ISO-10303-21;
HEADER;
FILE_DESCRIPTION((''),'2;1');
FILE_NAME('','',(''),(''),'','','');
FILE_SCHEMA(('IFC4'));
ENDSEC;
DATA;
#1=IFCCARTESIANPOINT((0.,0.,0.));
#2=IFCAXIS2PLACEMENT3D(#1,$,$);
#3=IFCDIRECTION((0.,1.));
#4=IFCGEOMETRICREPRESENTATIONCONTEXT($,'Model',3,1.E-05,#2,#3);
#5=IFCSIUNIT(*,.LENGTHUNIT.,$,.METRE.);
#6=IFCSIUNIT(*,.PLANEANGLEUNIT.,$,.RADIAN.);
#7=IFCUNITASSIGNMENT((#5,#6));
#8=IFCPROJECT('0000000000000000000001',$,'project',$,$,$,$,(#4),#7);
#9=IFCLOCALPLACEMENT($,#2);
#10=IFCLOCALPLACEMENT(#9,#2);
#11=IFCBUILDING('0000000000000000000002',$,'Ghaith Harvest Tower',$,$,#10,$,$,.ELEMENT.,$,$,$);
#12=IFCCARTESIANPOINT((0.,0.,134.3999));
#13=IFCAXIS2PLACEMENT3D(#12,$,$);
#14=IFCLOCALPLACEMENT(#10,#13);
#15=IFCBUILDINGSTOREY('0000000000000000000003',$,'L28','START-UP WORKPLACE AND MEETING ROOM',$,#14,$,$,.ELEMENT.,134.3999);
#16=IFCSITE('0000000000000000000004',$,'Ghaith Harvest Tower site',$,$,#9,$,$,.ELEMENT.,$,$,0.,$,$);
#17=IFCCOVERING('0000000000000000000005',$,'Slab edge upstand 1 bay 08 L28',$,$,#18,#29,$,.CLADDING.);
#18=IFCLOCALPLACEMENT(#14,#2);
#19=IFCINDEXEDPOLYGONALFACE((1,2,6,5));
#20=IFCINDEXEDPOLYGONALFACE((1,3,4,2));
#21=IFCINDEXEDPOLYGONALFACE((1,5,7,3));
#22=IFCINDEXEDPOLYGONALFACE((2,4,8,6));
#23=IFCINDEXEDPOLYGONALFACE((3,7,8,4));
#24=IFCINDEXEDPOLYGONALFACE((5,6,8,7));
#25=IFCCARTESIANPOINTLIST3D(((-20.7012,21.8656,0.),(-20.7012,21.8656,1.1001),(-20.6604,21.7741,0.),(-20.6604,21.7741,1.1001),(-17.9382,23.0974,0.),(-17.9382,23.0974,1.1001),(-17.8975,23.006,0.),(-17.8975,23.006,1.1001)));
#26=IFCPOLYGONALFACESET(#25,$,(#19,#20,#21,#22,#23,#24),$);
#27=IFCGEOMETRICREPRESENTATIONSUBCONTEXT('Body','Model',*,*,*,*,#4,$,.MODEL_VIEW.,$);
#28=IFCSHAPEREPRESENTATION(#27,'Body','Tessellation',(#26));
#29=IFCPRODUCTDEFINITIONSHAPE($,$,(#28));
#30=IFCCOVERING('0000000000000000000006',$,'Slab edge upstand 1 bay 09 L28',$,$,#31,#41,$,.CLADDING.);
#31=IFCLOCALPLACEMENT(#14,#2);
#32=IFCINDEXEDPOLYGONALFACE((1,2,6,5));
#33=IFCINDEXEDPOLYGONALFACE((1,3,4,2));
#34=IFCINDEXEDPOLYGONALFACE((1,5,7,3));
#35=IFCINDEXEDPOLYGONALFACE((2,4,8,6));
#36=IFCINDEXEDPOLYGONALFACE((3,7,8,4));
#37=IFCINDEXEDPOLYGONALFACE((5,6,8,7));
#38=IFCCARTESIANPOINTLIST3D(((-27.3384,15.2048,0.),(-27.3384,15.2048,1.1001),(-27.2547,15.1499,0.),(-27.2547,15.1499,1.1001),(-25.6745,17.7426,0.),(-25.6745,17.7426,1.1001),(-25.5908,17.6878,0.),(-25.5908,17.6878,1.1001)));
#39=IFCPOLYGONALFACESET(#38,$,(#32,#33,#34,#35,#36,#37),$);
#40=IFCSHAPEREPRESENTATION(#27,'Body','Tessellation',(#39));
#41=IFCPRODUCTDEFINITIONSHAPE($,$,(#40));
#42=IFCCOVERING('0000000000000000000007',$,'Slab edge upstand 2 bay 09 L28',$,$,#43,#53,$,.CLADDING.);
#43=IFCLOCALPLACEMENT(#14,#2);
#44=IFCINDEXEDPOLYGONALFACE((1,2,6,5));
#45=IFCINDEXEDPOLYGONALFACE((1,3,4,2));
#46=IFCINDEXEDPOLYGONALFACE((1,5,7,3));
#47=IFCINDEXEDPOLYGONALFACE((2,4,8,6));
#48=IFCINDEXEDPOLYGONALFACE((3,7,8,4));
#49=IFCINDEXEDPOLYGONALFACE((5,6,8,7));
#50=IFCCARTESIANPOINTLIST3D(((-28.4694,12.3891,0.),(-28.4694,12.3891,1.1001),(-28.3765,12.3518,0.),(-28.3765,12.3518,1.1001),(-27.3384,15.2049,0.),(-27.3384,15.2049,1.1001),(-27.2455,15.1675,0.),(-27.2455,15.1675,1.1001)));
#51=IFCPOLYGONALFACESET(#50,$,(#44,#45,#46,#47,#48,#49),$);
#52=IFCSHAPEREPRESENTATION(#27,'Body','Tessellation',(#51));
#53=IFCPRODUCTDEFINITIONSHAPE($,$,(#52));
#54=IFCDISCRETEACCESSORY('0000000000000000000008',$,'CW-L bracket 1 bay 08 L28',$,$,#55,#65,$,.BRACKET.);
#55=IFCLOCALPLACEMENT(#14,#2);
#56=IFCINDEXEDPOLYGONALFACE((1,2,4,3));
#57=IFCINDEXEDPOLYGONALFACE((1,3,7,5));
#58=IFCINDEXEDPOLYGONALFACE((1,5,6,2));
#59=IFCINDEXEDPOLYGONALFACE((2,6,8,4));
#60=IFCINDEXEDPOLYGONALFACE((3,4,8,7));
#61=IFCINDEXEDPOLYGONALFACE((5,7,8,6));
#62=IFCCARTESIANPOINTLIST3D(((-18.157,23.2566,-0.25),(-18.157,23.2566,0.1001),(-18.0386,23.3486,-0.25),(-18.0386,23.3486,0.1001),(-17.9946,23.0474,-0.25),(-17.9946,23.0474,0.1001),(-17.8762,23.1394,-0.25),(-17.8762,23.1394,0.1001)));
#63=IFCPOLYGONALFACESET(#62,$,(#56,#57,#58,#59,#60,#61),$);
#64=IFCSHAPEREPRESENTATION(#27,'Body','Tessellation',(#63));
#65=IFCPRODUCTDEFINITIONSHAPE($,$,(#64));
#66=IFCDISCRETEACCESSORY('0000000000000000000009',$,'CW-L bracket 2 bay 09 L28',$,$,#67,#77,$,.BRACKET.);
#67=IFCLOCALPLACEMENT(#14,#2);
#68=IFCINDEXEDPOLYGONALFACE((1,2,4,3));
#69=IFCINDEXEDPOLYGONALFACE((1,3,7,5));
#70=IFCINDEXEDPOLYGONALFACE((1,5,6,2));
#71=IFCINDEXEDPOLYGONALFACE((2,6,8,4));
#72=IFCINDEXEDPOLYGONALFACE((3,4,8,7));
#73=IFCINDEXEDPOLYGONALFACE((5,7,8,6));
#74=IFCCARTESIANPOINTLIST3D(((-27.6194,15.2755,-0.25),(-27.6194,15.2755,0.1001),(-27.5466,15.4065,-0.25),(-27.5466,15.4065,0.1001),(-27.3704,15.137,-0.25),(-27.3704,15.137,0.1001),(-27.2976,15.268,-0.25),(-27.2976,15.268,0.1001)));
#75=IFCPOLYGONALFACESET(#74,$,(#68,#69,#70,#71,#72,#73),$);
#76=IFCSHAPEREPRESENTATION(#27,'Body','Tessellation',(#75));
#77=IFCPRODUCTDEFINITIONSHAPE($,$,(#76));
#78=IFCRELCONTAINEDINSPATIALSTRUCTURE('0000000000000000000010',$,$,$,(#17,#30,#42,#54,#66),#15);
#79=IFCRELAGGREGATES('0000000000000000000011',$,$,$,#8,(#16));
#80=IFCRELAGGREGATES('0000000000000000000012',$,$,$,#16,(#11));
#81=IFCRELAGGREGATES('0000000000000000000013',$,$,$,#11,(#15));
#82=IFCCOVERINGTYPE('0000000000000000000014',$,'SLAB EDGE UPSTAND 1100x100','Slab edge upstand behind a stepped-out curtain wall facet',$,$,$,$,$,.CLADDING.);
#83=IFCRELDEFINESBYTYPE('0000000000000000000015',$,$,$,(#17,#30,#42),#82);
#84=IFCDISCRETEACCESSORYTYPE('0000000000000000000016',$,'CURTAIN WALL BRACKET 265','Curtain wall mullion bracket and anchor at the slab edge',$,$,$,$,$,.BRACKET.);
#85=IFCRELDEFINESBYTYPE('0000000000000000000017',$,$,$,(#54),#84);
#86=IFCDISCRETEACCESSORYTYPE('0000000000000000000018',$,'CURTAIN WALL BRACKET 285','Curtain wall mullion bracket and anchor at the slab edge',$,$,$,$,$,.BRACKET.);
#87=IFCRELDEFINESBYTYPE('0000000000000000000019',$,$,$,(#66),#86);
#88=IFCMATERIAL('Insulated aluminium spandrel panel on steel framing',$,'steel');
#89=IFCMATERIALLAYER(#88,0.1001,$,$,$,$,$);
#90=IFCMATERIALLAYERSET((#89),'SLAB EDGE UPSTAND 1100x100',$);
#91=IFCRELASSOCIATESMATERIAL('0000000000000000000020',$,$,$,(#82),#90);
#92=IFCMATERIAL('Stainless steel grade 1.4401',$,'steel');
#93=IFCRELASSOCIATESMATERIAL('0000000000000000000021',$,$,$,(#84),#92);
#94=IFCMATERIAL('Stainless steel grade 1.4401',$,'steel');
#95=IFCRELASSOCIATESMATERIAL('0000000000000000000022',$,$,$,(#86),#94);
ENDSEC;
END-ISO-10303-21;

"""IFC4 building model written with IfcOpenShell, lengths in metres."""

from ifc_helpers import new_model, si_unit, direction, frame, origin, origin_2d, place, context, subcontext, project, spatial, rectangle, extrude, material, layer, layer_set, type_object, element, save


model = new_model("IFC4")

# Units and contexts
model_context = context("Model", 3, precision=1e-05, world=origin(), true_north=direction((0.0, 1.0)))
body_context = subcontext(model_context, "Body", "Model", "MODEL_VIEW")
ifc_project = project(units=[si_unit("LENGTHUNIT", "METRE"), si_unit("PLANEANGLEUNIT", "RADIAN")], contexts=[model_context])

# Site, building, storey
site_placement = place(None, origin())
site = spatial("IfcSite", under=ifc_project, at=site_placement, Name="Ghaith Harvest Tower site", CompositionType="ELEMENT", RefElevation=0.0)
building_placement = place(site_placement, origin())
building = spatial("IfcBuilding", under=site, at=building_placement, Name="Ghaith Harvest Tower", CompositionType="ELEMENT")
storey_placement = place(building_placement, frame((0.0, 0.0, 134.3999)))
storey = spatial("IfcBuildingStorey", under=building, at=storey_placement, Name="L28", Description="START-UP WORKPLACE AND MEETING ROOM", CompositionType="ELEMENT", Elevation=134.3999)

# Coverings
ifc_material_1 = material(Name="Insulated aluminium spandrel panel on steel framing", Category="steel")
ifc_layer_1 = layer(ifc_material_1, 0.1001)
ifc_layer_set_1 = layer_set([ifc_layer_1], Name="SLAB EDGE UPSTAND 1100x100")
covering_type = type_object("IfcCoveringType", Name="SLAB EDGE UPSTAND 1100x100", Description="Slab edge upstand behind a stepped-out curtain wall facet", PredefinedType="CLADDING", material=ifc_layer_set_1)
covering_1_placement = place(storey_placement, frame((-19.2993, 22.4358, 0.0), z_axis=(0.0, 0.0, 1.0), x_axis=(-0.913335, -0.40721, 0.0)))
element("IfcCovering", 1, at=covering_1_placement, inside=storey, type_object=covering_type, Name="Slab edge upstand 1 bay 08 L28", PredefinedType="CLADDING", context=body_context, shape_type="SweptSolid", body=[
    extrude(rectangle(XDim=3.0251, YDim=0.1001, at=origin_2d()), origin(), (0.0, 0.0, 1.0), 1.1001),
])
covering_2_placement = place(storey_placement, frame((-26.4646, 16.4463, 0.0), z_axis=(0.0, 0.0, 1.0), x_axis=(-0.548312, -0.836274, 0.0)))
element("IfcCovering", 2, at=covering_2_placement, inside=storey, type_object=covering_type, Name="Slab edge upstand 1 bay 09 L28", PredefinedType="CLADDING", context=body_context, shape_type="SweptSolid", body=[
    extrude(rectangle(XDim=3.0347, YDim=0.1001, at=origin_2d()), origin(), (0.0, 0.0, 1.0), 1.1001),
])
covering_3_placement = place(storey_placement, frame((-27.8574, 13.7783, 0.0), z_axis=(0.0, 0.0, 1.0), x_axis=(-0.372732, -0.927939, 0.0)))
element("IfcCovering", 3, at=covering_3_placement, inside=storey, type_object=covering_type, Name="Slab edge upstand 2 bay 09 L28", PredefinedType="CLADDING", context=body_context, shape_type="SweptSolid", body=[
    extrude(rectangle(XDim=3.0344, YDim=0.1001, at=origin_2d()), origin(), (0.0, 0.0, 1.0), 1.1001),
])

# Discrete accessories
ifc_material_2 = material(Name="Stainless steel grade 1.4401", Category="steel")
discrete_accessory_type_1 = type_object("IfcDiscreteAccessoryType", Name="CURTAIN WALL BRACKET 265", Description="Curtain wall mullion bracket and anchor at the slab edge", PredefinedType="BRACKET", material=ifc_material_2)
discrete_accessory_1_placement = place(storey_placement, frame((-18.0166, 23.198, -0.25), z_axis=(0.0, 0.0, 1.0), x_axis=(-0.613378, 0.78979, 0.0)))
element("IfcDiscreteAccessory", 4, at=discrete_accessory_1_placement, inside=storey, type_object=discrete_accessory_type_1, Name="CW-L bracket 1 bay 08 L28", PredefinedType="BRACKET", context=body_context, shape_type="SweptSolid", body=[
    extrude(rectangle(XDim=0.2649, YDim=0.1499, at=origin_2d()), origin(), (0.0, 0.0, 1.0), 0.3501),
])
ifc_material_3 = material(Name="Stainless steel grade 1.4401", Category="steel")
discrete_accessory_type_2 = type_object("IfcDiscreteAccessoryType", Name="CURTAIN WALL BRACKET 285", Description="Curtain wall mullion bracket and anchor at the slab edge", PredefinedType="BRACKET", material=ifc_material_3)
discrete_accessory_2_placement = place(storey_placement, frame((-27.4585, 15.2717, -0.25), z_axis=(0.0, 0.0, 1.0), x_axis=(-0.873927, 0.486057, 0.0)))
element("IfcDiscreteAccessory", 5, at=discrete_accessory_2_placement, inside=storey, type_object=discrete_accessory_type_2, Name="CW-L bracket 2 bay 09 L28", PredefinedType="BRACKET", context=body_context, shape_type="SweptSolid", body=[
    extrude(rectangle(XDim=0.2849, YDim=0.1499, at=origin_2d()), origin(), (0.0, 0.0, 1.0), 0.3501),
])

save(model, "model.ifc")
